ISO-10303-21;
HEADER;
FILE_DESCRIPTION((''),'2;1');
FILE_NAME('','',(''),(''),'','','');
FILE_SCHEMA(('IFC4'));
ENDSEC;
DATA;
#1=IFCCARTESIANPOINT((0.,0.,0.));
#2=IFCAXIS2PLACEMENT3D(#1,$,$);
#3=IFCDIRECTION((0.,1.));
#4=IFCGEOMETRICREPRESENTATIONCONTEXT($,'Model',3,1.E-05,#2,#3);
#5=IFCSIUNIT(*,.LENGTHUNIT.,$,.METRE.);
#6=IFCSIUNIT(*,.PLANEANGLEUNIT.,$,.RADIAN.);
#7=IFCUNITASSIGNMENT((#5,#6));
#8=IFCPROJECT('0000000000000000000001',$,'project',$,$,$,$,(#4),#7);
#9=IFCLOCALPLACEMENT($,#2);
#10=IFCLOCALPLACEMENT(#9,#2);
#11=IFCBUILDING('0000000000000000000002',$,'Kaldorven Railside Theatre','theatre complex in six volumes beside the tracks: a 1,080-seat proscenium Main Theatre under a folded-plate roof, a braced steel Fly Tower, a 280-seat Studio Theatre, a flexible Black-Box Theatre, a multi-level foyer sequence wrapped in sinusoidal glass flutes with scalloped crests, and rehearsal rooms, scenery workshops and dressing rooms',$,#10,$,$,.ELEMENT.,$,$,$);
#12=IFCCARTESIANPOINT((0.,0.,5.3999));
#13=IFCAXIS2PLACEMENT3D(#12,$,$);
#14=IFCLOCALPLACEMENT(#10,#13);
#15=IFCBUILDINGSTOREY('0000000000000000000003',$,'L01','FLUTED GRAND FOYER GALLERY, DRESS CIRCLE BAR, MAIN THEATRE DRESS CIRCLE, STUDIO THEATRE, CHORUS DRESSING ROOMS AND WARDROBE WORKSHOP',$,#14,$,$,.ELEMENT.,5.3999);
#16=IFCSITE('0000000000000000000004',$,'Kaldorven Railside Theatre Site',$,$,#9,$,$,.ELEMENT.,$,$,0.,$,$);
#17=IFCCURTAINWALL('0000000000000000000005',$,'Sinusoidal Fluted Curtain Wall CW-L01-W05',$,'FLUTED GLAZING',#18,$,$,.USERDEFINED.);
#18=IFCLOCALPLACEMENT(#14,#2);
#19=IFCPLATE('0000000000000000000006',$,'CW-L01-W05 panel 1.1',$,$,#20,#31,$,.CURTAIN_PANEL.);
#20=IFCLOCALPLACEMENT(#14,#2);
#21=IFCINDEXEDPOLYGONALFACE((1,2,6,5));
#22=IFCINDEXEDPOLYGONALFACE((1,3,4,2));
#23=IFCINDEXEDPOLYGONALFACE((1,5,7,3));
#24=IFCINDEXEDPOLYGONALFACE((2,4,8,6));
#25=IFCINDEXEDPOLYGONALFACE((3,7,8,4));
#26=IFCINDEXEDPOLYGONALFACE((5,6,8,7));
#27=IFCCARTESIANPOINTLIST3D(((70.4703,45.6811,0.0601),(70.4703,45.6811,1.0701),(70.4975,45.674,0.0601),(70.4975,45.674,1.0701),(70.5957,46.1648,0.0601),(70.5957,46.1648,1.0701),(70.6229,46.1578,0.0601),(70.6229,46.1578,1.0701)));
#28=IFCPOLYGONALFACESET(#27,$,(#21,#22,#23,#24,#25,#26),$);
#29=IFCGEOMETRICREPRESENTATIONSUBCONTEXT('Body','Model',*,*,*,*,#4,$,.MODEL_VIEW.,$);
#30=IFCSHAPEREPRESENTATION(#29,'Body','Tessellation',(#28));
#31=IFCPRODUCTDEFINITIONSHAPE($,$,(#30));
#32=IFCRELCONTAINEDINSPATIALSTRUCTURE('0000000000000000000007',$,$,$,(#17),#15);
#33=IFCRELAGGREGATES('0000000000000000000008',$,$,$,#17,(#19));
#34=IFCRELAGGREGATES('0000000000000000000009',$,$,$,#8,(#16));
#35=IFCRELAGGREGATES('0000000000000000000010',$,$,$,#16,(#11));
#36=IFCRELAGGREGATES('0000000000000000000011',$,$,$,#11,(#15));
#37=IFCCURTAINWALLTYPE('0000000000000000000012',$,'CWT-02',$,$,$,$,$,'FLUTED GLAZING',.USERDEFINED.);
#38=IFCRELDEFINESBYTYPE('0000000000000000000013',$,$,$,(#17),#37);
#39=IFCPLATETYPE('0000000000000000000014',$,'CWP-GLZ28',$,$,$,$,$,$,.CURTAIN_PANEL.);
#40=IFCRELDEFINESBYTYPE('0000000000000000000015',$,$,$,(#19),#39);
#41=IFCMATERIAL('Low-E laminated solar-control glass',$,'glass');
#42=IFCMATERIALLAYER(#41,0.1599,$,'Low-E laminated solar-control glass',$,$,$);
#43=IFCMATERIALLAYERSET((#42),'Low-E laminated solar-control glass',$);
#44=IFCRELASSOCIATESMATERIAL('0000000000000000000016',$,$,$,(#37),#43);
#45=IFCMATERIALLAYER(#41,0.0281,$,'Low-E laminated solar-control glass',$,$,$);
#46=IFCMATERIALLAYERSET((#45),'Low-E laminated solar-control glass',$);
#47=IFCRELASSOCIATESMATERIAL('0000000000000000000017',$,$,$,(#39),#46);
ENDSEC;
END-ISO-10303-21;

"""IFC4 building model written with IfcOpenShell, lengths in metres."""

from ifc_helpers import new_model, si_unit, direction, frame, origin, origin_2d, place, context, subcontext, project, spatial, rectangle, extrude, material, layer, layer_set, type_object, element, aggregate, save


model = new_model("IFC4")

# Units and contexts
model_context = context("Model", 3, precision=1e-05, world=origin(), true_north=direction((0.0, 1.0)))
body_context = subcontext(model_context, "Body", "Model", "MODEL_VIEW")
ifc_project = project(units=[si_unit("LENGTHUNIT", "METRE"), si_unit("PLANEANGLEUNIT", "RADIAN")], contexts=[model_context])

# Site, building, storey
site_placement = place(None, origin())
site = spatial("IfcSite", under=ifc_project, at=site_placement, Name="Kaldorven Railside Theatre Site", CompositionType="ELEMENT", RefElevation=0.0)
building_placement = place(site_placement, origin())
building = spatial("IfcBuilding", under=site, at=building_placement, Name="Kaldorven Railside Theatre", Description="theatre complex in six volumes beside the tracks: a 1,080-seat proscenium Main Theatre under a folded-plate roof, a braced steel Fly Tower, a 280-seat Studio Theatre, a flexible Black-Box Theatre, a multi-level foyer sequence wrapped in sinusoidal glass flutes with scalloped crests, and rehearsal rooms, scenery workshops and dressing rooms", CompositionType="ELEMENT")
storey_placement = place(building_placement, frame((0.0, 0.0, 5.3999)))
storey = spatial("IfcBuildingStorey", under=building, at=storey_placement, Name="L01", Description="FLUTED GRAND FOYER GALLERY, DRESS CIRCLE BAR, MAIN THEATRE DRESS CIRCLE, STUDIO THEATRE, CHORUS DRESSING ROOMS AND WARDROBE WORKSHOP", CompositionType="ELEMENT", Elevation=5.3999)

# Shared definitions
ifc_material_1 = material(Name="Low-E laminated solar-control glass", Category="glass")
ifc_layer_1 = layer(ifc_material_1, 0.1599, Name="Low-E laminated solar-control glass")
ifc_layer_set_1 = layer_set([ifc_layer_1], Name="Low-E laminated solar-control glass")
curtain_wall_type_1 = type_object("IfcCurtainWallType", Name="CWT-02", ElementType="FLUTED GLAZING", PredefinedType="USERDEFINED", material=ifc_layer_set_1)

# Curtain wall
curtain_wall_1_placement = place(storey_placement, origin())
curtain_wall_1 = element("IfcCurtainWall", 1, at=curtain_wall_1_placement, inside=storey, type_object=curtain_wall_type_1, Name="Sinusoidal Fluted Curtain Wall CW-L01-W05", ObjectType="FLUTED GLAZING", PredefinedType="USERDEFINED")

# Plate
ifc_layer_2 = layer(ifc_material_1, 0.0281, Name="Low-E laminated solar-control glass")
ifc_layer_set_2 = layer_set([ifc_layer_2], Name="Low-E laminated solar-control glass")
plate_type = type_object("IfcPlateType", Name="CWP-GLZ28", PredefinedType="CURTAIN_PANEL", material=ifc_layer_set_2)
plate_1_placement = place(storey_placement, frame((70.5466, 45.9194, 0.0601), z_axis=(0.0, 0.0, 1.0), x_axis=(0.250954, 0.967999, 0.0)))
plate_1 = element("IfcPlate", 2, at=plate_1_placement, type_object=plate_type, Name="CW-L01-W05 panel 1.1", PredefinedType="CURTAIN_PANEL", context=body_context, shape_type="SweptSolid", body=[
    extrude(rectangle(XDim=0.4998, YDim=0.0281, at=origin_2d()), origin(), (0.0, 0.0, 1.0), 1.01),
])
aggregate(curtain_wall_1, [plate_1])

save(model, "model.ifc")
